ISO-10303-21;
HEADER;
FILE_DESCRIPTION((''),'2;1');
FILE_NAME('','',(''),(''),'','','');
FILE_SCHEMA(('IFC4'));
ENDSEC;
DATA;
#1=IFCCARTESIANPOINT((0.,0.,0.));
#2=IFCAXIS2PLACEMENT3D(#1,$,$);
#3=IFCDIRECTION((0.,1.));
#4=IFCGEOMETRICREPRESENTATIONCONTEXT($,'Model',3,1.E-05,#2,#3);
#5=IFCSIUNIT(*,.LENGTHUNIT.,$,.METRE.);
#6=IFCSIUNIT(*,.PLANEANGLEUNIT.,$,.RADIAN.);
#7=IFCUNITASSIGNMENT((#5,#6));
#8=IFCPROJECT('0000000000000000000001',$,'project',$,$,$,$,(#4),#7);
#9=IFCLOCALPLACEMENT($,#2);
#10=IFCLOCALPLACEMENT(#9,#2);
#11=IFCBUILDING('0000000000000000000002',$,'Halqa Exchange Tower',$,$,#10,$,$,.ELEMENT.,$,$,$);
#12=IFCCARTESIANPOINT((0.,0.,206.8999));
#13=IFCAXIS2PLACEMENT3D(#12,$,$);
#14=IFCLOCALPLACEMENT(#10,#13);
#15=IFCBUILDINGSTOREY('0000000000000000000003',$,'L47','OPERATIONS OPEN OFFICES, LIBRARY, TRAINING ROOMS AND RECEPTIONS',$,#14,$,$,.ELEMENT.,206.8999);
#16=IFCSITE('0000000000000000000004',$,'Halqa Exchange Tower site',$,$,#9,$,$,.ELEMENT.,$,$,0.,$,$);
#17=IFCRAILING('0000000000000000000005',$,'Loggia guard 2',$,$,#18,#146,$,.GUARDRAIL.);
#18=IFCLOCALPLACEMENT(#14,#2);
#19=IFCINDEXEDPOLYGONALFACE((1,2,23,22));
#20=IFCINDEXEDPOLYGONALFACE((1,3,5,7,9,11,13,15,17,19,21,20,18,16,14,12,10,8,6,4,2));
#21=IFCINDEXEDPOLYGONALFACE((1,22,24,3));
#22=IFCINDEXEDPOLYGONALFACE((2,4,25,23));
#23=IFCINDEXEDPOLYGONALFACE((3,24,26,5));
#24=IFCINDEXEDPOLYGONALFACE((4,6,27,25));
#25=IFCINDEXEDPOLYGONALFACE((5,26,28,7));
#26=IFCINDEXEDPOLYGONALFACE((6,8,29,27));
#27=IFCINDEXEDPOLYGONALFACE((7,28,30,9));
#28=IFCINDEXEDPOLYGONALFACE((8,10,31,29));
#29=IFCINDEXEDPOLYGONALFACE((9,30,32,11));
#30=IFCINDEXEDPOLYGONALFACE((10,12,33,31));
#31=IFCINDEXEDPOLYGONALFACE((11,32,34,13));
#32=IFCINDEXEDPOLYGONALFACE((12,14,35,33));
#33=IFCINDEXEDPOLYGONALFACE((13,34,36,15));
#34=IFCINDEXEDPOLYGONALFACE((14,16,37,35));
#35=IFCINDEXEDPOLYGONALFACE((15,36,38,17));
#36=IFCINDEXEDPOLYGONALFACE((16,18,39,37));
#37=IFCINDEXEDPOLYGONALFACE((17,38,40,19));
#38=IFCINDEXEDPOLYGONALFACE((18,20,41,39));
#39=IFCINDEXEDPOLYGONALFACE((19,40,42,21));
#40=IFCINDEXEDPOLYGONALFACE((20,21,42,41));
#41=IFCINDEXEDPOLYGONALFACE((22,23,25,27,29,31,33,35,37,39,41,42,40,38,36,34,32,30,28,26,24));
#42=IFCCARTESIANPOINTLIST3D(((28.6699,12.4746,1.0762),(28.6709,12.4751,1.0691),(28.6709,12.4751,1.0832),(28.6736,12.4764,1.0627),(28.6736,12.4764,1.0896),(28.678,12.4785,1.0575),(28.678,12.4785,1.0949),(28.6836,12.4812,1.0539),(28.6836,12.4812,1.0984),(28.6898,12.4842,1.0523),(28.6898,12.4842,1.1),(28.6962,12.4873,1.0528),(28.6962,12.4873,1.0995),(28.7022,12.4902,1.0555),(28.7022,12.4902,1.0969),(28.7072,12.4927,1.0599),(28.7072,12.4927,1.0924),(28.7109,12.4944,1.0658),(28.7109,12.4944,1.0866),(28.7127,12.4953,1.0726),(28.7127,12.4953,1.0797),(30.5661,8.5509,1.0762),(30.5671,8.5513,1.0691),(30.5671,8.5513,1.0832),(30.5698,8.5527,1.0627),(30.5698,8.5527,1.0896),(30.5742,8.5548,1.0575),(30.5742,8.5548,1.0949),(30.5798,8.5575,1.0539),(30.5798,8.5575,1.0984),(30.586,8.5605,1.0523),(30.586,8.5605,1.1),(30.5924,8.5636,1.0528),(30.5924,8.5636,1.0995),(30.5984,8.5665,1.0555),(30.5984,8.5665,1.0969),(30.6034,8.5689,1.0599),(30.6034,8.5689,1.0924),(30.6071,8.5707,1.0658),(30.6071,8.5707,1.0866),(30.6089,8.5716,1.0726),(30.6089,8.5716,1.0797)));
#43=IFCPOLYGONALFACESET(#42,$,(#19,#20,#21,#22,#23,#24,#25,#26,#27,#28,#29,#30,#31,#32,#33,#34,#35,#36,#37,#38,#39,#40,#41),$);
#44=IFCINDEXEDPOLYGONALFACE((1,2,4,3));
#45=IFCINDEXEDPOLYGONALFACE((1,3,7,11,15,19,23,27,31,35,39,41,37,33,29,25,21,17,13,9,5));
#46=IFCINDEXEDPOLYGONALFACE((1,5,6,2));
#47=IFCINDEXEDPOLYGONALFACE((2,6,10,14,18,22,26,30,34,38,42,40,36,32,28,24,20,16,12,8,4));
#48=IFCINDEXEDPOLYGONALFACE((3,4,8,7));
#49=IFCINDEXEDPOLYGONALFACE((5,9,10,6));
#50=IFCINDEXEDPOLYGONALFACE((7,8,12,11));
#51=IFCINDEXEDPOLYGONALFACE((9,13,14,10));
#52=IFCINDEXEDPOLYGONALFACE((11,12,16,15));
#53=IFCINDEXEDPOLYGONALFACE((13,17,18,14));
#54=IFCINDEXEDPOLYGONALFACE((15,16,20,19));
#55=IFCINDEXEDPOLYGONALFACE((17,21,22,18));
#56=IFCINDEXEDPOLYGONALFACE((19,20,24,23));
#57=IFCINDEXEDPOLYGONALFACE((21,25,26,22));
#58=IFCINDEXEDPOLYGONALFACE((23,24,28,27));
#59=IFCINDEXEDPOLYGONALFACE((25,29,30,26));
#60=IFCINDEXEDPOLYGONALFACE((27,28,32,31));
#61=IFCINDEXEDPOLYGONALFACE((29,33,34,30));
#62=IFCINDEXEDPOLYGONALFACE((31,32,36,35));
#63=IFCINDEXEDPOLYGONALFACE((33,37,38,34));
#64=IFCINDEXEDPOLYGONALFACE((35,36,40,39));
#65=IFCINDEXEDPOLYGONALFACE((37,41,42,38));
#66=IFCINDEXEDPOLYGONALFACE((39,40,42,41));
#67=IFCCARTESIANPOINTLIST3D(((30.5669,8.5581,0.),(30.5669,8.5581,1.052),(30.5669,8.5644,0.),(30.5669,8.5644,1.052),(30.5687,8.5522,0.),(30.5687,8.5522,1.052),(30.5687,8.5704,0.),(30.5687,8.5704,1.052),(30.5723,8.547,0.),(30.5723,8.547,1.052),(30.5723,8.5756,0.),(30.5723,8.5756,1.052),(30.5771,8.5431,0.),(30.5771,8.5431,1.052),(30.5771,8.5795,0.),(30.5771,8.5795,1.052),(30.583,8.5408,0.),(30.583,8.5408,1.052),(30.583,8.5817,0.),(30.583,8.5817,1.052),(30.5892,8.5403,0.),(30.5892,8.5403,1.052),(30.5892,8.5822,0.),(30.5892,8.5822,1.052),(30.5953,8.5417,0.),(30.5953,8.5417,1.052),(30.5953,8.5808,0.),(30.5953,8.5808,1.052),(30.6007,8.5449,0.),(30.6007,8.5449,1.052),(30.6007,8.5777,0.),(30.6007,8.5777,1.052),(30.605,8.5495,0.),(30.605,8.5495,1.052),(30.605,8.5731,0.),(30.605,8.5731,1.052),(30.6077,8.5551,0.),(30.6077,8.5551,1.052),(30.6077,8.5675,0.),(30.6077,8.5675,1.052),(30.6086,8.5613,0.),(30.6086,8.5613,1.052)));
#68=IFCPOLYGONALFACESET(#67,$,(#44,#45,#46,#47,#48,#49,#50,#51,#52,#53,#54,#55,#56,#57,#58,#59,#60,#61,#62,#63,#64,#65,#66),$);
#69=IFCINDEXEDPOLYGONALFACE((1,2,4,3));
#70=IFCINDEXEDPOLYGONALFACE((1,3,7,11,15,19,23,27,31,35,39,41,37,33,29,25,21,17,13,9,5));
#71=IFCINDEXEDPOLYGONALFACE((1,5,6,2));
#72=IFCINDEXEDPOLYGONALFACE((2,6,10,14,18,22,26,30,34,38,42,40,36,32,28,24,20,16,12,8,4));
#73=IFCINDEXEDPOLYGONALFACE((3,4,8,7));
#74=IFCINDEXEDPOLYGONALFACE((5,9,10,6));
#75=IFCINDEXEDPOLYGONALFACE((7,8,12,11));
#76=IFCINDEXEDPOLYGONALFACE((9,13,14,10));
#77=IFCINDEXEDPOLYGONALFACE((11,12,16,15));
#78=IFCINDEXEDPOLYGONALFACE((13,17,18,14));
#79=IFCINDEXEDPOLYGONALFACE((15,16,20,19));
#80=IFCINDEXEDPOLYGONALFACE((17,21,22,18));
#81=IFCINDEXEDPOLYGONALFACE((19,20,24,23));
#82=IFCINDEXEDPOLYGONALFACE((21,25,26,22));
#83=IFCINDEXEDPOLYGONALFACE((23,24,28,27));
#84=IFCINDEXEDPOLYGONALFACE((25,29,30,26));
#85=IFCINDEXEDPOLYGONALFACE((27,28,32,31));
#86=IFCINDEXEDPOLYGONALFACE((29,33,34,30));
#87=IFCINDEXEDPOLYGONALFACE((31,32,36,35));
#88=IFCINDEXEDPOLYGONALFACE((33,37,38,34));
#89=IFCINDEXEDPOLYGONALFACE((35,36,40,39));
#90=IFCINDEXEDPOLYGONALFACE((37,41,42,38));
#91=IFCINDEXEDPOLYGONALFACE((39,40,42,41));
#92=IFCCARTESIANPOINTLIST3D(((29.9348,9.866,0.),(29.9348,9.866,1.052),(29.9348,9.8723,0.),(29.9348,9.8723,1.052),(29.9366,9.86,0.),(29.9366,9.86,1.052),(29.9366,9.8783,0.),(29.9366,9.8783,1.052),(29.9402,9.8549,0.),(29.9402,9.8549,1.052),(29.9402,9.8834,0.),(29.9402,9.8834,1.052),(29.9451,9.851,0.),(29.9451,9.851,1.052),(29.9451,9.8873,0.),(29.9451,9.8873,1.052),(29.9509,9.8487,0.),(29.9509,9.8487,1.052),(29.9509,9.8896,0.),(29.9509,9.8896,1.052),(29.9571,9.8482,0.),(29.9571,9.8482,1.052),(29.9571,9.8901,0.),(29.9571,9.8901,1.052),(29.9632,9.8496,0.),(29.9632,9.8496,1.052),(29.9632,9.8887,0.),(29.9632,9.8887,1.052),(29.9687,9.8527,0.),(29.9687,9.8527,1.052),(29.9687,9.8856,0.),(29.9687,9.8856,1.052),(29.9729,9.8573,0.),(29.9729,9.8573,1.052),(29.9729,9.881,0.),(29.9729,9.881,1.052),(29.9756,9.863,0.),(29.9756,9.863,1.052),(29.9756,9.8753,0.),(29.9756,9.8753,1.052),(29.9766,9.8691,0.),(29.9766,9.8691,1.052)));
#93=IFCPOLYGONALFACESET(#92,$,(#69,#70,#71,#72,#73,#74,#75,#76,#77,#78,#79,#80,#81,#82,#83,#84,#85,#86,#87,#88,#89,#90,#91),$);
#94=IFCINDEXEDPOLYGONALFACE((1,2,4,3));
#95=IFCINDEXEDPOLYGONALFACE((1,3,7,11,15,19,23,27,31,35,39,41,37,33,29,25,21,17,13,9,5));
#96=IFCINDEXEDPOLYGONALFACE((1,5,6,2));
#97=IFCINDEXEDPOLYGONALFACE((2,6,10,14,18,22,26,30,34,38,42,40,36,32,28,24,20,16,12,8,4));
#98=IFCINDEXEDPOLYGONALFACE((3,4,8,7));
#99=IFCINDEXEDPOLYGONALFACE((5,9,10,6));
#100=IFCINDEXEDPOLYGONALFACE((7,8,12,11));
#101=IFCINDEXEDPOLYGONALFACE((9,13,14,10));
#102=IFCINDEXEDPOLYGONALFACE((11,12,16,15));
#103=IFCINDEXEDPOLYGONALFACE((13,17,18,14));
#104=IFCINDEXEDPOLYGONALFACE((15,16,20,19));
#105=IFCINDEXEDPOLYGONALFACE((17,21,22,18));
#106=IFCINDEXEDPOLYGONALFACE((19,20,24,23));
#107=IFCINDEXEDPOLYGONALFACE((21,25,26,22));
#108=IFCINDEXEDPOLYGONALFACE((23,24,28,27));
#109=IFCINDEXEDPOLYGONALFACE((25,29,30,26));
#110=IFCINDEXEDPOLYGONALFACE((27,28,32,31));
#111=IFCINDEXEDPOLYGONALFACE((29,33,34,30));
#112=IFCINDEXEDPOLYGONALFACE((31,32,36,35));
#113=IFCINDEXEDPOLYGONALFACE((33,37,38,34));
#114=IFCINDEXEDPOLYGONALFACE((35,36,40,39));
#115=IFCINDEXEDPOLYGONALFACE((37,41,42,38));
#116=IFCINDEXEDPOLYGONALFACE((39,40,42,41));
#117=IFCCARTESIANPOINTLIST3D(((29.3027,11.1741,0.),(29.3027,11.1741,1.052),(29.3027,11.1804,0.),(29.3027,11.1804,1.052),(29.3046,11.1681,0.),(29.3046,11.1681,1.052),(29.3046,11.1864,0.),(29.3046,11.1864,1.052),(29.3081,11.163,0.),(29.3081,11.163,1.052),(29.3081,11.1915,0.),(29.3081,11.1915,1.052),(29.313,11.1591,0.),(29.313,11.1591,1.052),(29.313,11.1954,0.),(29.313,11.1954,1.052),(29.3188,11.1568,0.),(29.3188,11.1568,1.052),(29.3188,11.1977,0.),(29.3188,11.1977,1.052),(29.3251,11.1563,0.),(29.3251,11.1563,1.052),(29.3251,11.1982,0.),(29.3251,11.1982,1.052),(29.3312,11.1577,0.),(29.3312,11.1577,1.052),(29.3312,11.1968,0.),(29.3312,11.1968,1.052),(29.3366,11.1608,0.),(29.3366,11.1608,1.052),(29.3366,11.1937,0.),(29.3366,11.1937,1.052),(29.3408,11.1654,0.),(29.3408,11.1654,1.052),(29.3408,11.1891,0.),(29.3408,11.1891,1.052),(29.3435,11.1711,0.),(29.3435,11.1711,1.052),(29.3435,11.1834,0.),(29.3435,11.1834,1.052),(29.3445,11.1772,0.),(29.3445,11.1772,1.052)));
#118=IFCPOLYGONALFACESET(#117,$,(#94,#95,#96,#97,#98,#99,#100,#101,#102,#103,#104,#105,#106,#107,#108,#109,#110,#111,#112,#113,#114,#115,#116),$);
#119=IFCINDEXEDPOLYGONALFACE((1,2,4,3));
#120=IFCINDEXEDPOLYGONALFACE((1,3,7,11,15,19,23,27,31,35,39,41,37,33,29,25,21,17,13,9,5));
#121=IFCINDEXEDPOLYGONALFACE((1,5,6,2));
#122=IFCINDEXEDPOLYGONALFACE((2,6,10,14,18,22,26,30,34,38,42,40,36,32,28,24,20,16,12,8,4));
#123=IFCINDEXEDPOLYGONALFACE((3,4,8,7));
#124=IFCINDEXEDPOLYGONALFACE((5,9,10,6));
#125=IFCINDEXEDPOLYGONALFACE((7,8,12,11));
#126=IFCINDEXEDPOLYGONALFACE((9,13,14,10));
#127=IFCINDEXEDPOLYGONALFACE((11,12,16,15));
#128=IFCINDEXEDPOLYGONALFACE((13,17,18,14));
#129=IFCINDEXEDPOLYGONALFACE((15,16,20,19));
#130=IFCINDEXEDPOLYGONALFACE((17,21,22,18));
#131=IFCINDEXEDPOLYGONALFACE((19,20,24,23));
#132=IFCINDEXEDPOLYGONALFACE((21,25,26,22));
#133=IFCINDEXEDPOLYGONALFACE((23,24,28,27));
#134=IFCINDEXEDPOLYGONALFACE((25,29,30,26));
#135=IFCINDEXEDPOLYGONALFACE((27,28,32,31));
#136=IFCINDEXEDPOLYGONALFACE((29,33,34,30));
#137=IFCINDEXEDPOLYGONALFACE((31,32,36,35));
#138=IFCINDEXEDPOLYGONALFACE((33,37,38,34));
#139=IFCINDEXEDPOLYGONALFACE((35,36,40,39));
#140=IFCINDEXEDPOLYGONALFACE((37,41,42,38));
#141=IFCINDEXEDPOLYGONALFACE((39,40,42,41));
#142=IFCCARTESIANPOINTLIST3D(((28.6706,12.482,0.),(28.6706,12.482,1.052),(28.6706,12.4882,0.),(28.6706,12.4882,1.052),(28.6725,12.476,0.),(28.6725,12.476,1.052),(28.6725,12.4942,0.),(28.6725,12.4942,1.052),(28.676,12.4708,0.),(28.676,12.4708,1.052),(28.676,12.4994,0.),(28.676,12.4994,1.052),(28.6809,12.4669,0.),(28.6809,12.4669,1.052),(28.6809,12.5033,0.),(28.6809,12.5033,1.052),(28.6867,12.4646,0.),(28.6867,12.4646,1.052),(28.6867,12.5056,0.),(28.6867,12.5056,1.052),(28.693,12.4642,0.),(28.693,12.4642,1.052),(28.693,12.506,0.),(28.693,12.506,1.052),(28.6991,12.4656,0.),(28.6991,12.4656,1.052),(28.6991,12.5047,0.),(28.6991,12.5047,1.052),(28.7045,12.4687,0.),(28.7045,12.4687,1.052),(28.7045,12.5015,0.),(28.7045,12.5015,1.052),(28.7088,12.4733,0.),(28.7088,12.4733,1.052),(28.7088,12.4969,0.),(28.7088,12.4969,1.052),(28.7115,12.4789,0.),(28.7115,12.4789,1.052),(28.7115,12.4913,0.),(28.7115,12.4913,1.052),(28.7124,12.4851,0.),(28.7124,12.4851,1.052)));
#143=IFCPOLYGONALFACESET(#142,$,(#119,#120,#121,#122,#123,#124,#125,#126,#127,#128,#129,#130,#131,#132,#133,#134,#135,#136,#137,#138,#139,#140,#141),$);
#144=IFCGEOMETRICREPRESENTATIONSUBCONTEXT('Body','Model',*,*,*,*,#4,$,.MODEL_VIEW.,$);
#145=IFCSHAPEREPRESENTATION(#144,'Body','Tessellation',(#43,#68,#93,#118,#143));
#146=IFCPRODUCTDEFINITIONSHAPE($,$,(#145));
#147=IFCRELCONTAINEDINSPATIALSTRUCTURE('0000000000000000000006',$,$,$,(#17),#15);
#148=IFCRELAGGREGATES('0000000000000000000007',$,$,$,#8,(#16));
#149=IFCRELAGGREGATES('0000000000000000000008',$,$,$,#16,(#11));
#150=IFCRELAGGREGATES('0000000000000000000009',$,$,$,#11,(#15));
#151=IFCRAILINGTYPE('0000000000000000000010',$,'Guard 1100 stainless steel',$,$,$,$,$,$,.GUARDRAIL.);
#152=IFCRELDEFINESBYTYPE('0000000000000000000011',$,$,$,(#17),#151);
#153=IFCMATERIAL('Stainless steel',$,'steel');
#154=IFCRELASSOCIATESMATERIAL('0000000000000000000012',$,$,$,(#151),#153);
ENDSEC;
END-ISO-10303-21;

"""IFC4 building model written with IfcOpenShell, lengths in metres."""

from ifc_helpers import new_model, si_unit, direction, frame, origin, origin_2d, place, context, subcontext, project, spatial, circle, extrude, material, type_object, element, save


model = new_model("IFC4")

# Units and contexts
model_context = context("Model", 3, precision=1e-05, world=origin(), true_north=direction((0.0, 1.0)))
body_context = subcontext(model_context, "Body", "Model", "MODEL_VIEW")
ifc_project = project(units=[si_unit("LENGTHUNIT", "METRE"), si_unit("PLANEANGLEUNIT", "RADIAN")], contexts=[model_context])

# Site, building, storey
site_placement = place(None, origin())
site = spatial("IfcSite", under=ifc_project, at=site_placement, Name="Halqa Exchange Tower site", CompositionType="ELEMENT", RefElevation=0.0)
building_placement = place(site_placement, origin())
building = spatial("IfcBuilding", under=site, at=building_placement, Name="Halqa Exchange Tower", CompositionType="ELEMENT")
storey_placement = place(building_placement, frame((0.0, 0.0, 206.8999)))
storey = spatial("IfcBuildingStorey", under=building, at=storey_placement, Name="L47", Description="OPERATIONS OPEN OFFICES, LIBRARY, TRAINING ROOMS AND RECEPTIONS", CompositionType="ELEMENT", Elevation=206.8999)

# Railing
ifc_material_1 = material(Name="Stainless steel", Category="steel")
railing_type = type_object("IfcRailingType", Name="Guard 1100 stainless steel", PredefinedType="GUARDRAIL", material=ifc_material_1)
railing_1_placement = place(storey_placement, frame((30.5876, 8.5613, 0.0)))
element("IfcRailing", 1, at=railing_1_placement, inside=storey, type_object=railing_type, Name="Loggia guard 2", PredefinedType="GUARDRAIL", context=body_context, shape_type="SweptSolid", body=[
    extrude(circle(Radius=0.0239, at=origin_2d()), frame((0.0, 0.0, 1.0762), z_axis=(-0.435117, 0.900374, 0.0), x_axis=(-0.900374, -0.435117, 0.0)), (0.0, 0.0, 1.0), 4.3579),
    extrude(circle(Radius=0.021, at=origin_2d()), origin(), (0.0, 0.0, 1.0), 1.052),
    extrude(circle(Radius=0.021, at=origin_2d()), frame((-0.6321, 1.3079, 0.0)), (0.0, 0.0, 1.0), 1.052),
    extrude(circle(Radius=0.021, at=origin_2d()), frame((-1.2642, 2.616, 0.0)), (0.0, 0.0, 1.0), 1.052),
    extrude(circle(Radius=0.021, at=origin_2d()), frame((-1.8962, 3.9238, 0.0)), (0.0, 0.0, 1.0), 1.052),
])

save(model, "model.ifc")
